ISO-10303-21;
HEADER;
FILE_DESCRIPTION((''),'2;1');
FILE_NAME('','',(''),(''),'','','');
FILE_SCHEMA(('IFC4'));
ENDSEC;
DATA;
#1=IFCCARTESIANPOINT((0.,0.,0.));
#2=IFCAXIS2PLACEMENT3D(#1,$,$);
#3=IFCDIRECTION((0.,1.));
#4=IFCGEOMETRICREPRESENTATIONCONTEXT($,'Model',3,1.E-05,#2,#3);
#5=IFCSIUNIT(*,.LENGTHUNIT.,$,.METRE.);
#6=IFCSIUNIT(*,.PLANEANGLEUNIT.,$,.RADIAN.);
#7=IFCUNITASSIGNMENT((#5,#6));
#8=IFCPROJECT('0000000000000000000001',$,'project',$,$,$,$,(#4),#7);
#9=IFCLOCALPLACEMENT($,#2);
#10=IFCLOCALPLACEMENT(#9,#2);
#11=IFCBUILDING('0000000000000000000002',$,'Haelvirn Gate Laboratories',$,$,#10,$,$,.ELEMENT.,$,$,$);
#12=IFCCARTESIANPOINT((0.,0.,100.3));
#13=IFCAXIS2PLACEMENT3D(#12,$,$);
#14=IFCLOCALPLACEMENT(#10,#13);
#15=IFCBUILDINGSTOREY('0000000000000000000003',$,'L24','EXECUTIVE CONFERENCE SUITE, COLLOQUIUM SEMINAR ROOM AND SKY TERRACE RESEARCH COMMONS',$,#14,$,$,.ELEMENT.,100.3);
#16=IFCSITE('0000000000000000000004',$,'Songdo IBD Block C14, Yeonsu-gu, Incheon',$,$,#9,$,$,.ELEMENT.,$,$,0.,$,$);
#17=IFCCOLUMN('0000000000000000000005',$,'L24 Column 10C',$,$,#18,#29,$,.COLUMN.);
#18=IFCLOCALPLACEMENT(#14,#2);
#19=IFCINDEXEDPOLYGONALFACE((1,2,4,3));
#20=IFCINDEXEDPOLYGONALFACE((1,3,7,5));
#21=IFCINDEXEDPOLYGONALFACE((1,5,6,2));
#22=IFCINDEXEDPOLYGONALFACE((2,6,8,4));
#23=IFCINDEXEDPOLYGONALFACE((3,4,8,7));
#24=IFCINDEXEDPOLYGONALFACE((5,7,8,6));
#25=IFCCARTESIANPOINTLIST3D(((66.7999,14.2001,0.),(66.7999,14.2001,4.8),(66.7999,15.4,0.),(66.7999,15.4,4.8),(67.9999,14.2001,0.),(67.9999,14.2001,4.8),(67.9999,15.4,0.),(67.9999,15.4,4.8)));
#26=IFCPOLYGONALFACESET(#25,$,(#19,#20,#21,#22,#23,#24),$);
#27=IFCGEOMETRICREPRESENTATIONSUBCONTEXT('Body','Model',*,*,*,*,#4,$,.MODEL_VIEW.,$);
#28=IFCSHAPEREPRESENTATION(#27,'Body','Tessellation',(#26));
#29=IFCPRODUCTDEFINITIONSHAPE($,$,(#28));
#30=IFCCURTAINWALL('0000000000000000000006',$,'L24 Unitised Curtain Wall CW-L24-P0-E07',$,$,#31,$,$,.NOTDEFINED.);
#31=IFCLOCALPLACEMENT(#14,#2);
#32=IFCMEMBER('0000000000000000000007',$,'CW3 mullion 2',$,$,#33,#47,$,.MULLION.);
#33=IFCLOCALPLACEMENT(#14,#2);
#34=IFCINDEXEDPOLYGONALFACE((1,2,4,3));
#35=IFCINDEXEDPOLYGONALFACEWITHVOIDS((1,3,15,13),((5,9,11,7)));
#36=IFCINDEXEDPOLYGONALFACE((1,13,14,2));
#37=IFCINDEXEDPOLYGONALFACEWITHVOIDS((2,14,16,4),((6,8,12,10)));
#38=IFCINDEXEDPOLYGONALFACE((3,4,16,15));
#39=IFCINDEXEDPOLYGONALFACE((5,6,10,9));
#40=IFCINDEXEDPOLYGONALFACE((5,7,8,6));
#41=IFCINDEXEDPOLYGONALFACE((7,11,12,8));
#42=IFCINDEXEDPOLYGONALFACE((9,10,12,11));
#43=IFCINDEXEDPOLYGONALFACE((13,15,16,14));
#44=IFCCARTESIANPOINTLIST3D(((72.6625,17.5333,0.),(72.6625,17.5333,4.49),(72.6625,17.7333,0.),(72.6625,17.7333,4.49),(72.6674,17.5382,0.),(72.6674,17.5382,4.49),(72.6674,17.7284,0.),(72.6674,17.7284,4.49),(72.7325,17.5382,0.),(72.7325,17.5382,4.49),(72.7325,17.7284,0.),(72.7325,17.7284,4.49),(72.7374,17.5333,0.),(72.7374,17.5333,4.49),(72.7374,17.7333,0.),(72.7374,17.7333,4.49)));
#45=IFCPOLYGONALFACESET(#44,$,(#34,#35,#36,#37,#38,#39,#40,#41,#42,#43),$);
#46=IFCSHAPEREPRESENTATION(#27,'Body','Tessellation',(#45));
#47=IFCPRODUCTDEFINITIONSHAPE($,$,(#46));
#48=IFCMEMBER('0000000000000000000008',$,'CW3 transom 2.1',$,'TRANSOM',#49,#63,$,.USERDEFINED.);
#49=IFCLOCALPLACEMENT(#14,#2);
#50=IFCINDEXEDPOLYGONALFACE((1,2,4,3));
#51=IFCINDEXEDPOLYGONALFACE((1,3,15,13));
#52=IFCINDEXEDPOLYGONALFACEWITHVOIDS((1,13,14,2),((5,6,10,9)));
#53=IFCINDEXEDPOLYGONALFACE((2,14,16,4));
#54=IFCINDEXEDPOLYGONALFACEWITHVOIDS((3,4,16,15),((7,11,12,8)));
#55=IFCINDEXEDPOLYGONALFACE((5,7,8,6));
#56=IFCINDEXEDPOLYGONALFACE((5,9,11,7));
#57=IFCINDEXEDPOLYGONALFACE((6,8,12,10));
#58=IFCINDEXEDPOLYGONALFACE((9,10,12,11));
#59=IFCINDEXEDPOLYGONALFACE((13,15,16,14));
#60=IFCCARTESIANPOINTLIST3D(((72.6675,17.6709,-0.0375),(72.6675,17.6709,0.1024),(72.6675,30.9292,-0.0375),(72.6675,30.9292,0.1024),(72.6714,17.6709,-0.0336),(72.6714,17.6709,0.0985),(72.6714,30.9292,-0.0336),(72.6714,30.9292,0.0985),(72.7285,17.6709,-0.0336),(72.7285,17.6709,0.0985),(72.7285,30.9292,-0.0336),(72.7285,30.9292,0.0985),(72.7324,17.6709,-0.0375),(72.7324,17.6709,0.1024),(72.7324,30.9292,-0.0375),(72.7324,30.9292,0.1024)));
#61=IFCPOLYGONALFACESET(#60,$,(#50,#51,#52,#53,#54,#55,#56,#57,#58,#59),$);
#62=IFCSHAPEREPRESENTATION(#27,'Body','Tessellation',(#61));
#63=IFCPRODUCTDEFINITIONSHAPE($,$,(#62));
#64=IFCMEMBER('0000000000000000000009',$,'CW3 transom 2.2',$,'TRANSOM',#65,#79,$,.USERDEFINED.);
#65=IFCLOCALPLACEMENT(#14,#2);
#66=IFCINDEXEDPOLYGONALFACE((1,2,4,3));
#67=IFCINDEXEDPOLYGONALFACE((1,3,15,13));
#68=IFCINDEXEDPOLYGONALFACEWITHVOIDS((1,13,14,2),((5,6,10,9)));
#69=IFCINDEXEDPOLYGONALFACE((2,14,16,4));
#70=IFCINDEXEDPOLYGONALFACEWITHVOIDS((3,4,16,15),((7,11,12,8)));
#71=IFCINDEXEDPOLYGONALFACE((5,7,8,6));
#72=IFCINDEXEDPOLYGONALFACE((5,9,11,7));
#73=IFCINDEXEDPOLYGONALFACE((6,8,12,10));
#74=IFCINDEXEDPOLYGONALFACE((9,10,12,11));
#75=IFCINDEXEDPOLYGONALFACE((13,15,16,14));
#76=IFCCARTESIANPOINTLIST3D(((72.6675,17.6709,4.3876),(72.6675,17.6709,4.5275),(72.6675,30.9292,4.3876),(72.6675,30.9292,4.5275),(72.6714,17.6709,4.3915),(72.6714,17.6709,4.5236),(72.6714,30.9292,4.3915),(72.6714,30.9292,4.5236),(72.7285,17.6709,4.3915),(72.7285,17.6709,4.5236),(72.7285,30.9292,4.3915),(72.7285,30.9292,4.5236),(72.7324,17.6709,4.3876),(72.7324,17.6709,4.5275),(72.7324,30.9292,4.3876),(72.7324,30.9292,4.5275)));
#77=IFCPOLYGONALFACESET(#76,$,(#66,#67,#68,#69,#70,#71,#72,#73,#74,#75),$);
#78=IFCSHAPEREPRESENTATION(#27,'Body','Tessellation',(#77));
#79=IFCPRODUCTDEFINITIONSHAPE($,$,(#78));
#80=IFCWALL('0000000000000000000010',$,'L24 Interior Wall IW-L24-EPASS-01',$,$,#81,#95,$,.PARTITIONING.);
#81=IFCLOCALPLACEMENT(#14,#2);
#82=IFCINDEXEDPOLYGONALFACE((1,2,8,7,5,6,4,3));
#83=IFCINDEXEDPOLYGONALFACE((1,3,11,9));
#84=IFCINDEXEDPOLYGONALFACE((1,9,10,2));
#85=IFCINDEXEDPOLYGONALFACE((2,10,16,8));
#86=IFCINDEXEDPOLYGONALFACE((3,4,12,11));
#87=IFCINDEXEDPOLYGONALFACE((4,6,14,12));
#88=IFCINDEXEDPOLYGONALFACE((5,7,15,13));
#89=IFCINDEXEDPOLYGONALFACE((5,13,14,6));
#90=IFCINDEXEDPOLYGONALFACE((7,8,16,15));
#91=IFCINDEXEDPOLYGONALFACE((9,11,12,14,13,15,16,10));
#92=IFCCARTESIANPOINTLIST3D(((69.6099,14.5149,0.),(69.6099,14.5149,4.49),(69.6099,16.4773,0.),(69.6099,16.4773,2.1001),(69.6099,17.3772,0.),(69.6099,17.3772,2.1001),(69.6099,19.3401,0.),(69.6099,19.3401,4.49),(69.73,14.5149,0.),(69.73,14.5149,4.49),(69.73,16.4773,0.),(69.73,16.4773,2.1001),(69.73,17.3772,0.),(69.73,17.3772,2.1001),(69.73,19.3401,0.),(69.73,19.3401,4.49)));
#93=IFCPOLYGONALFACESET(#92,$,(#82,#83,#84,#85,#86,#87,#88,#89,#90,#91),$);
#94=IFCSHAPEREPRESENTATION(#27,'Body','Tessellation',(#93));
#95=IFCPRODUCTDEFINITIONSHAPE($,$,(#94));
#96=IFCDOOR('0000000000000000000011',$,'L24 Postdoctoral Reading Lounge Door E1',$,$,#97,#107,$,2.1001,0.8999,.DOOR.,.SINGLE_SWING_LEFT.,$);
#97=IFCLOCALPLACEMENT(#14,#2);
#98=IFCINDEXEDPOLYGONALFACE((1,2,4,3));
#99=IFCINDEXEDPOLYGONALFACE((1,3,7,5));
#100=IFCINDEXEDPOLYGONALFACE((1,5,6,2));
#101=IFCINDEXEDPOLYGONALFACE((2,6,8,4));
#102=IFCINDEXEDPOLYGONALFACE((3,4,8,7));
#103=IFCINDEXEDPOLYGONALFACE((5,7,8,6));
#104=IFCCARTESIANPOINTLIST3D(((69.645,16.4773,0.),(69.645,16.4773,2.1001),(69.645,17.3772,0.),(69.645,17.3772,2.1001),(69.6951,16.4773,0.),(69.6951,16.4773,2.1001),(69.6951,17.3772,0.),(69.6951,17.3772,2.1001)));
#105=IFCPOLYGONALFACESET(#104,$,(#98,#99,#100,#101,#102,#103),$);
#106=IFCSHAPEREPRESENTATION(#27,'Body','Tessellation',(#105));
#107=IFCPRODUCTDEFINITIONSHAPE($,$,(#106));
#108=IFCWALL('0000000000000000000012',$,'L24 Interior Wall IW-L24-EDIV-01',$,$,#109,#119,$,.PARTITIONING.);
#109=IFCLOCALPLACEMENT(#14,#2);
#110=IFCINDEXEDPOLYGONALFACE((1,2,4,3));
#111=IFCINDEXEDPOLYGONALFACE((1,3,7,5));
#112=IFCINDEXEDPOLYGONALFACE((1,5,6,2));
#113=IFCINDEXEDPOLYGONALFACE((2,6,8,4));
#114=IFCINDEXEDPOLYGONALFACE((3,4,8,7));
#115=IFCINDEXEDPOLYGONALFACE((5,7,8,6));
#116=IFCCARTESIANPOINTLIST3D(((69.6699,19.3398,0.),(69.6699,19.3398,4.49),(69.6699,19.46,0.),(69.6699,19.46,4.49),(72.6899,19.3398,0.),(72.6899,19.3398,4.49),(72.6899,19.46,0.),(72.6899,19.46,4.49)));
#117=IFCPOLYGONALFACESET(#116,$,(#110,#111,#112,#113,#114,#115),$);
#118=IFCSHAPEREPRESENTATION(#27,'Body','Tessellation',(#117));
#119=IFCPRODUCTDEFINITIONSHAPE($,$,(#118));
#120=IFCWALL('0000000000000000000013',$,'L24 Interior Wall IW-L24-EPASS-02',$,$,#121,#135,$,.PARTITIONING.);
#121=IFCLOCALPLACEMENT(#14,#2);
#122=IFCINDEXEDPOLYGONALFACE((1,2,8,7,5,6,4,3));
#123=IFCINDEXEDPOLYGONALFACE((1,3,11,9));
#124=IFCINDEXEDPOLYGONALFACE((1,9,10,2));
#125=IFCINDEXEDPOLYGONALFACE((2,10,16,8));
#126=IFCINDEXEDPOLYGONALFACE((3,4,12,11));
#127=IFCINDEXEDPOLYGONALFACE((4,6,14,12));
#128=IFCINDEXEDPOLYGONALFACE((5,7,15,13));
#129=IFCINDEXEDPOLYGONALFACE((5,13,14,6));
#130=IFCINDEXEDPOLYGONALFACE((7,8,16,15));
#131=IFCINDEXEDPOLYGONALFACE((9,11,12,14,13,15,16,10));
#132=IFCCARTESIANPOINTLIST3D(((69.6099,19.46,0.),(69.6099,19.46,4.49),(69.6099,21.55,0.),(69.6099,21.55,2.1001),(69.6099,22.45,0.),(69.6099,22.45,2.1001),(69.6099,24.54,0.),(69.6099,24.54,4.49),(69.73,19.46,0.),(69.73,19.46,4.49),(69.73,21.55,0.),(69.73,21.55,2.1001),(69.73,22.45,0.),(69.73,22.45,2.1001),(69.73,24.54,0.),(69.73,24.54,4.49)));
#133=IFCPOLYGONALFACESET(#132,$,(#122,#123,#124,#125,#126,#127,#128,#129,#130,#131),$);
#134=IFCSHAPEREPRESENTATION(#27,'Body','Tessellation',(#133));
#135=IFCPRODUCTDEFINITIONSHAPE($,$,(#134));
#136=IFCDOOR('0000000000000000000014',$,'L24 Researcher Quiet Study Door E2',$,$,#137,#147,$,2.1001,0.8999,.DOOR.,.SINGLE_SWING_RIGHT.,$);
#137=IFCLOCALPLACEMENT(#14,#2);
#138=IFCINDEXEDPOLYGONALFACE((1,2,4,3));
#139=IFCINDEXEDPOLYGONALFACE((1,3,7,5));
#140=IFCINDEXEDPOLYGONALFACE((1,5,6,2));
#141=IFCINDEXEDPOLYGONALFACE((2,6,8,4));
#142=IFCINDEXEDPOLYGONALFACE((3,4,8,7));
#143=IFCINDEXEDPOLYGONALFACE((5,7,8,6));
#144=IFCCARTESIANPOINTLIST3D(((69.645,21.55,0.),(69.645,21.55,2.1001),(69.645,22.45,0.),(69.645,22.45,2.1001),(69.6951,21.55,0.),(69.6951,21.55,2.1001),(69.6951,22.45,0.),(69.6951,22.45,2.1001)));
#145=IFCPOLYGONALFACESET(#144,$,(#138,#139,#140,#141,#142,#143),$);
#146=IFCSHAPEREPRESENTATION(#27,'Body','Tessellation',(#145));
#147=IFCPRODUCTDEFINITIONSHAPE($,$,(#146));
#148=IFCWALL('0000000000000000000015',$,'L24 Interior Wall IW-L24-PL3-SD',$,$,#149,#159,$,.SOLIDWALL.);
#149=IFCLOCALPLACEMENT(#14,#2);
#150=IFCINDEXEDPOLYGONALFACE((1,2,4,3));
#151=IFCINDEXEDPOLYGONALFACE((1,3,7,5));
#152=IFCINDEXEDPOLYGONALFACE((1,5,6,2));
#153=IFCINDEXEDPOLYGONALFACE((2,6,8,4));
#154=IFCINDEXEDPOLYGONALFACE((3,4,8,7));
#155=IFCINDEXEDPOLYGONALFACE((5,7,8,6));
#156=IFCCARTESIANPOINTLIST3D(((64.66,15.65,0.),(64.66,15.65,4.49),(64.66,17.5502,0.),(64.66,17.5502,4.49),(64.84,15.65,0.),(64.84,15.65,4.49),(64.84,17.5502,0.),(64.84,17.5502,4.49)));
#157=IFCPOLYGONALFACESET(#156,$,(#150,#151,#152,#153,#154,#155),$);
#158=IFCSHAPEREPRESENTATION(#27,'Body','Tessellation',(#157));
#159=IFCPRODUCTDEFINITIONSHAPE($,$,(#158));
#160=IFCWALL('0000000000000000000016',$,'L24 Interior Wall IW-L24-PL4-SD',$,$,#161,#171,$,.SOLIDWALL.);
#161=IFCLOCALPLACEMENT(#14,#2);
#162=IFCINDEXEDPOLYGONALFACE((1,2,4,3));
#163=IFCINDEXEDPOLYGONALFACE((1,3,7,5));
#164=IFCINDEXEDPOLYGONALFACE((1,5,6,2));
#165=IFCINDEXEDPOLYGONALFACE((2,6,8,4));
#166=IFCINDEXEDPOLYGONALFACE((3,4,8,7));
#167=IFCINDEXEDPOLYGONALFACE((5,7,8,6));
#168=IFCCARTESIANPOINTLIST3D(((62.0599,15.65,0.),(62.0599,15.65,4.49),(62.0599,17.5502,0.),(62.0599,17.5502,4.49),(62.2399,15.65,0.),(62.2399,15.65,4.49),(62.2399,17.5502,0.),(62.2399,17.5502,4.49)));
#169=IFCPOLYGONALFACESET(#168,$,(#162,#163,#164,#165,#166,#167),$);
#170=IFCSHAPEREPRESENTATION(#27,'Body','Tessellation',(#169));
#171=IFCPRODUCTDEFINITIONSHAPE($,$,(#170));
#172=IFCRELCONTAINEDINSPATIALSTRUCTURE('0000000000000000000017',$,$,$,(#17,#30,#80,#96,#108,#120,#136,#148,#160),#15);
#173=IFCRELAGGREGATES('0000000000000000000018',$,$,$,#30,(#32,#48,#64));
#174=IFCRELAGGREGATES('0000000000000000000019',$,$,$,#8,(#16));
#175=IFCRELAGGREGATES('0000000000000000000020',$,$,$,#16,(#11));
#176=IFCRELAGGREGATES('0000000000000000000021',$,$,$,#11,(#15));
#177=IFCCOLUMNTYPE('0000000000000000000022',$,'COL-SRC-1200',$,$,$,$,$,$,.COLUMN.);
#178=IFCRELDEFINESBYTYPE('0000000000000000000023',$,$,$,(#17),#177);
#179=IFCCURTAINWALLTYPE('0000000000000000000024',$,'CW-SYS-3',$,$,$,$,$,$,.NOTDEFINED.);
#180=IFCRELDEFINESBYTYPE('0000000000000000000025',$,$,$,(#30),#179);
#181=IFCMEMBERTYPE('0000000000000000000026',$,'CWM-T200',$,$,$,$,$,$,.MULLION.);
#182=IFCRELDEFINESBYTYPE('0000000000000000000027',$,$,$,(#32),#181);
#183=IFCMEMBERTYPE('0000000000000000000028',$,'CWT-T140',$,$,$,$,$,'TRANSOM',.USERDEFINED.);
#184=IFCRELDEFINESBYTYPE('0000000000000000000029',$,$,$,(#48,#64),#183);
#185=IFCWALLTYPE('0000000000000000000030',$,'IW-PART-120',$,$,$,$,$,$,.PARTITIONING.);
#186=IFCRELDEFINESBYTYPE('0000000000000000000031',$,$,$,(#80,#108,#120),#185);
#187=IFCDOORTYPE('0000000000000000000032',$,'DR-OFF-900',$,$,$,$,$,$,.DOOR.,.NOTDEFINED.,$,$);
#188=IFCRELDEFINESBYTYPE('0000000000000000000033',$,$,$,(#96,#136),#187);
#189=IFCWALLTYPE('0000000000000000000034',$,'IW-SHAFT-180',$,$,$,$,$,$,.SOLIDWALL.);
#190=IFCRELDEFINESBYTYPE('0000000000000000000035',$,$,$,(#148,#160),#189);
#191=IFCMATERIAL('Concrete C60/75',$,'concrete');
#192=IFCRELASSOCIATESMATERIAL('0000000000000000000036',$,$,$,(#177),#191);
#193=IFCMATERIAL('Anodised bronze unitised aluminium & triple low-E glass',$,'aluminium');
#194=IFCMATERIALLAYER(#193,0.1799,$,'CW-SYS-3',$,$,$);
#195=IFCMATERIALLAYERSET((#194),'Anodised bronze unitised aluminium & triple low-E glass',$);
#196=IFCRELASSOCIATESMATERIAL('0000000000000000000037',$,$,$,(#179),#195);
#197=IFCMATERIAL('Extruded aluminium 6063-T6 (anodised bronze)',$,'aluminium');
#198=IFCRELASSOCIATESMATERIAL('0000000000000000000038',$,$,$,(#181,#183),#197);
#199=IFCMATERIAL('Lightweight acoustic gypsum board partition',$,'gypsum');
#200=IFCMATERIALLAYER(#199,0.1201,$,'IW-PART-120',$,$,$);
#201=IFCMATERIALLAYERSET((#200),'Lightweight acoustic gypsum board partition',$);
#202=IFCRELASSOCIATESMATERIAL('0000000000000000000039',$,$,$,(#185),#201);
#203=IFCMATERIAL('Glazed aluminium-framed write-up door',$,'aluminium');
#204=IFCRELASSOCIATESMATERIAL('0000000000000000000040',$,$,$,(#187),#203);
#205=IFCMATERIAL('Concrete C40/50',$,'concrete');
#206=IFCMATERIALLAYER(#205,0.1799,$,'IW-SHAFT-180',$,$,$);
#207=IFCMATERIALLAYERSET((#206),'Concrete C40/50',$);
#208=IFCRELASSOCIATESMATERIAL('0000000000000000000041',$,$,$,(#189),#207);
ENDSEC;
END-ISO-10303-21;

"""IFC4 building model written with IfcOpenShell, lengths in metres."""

from ifc_helpers import new_model, si_unit, direction, frame, frame_2d, origin, origin_2d, place, context, subcontext, project, spatial, rectangle, hollow_rectangle, extrude, source, transform, mapped, material, layer, layer_set, material_profile, profile_set, type_object, type_shapes, element, fill, aggregate, save


model = new_model("IFC4")

# Units and contexts
model_context = context("Model", 3, precision=1e-05, world=origin(), true_north=direction((0.0, 1.0)))
body_context = subcontext(model_context, "Body", "Model", "MODEL_VIEW")
ifc_project = project(units=[si_unit("LENGTHUNIT", "METRE"), si_unit("PLANEANGLEUNIT", "RADIAN")], contexts=[model_context])

# Site, building, storey
site_placement = place(None, origin())
site = spatial("IfcSite", under=ifc_project, at=site_placement, Name="Songdo IBD Block C14, Yeonsu-gu, Incheon", CompositionType="ELEMENT", RefElevation=0.0)
building_placement = place(site_placement, origin())
building = spatial("IfcBuilding", under=site, at=building_placement, Name="Haelvirn Gate Laboratories", CompositionType="ELEMENT")
storey_placement = place(building_placement, frame((0.0, 0.0, 100.3)))
storey = spatial("IfcBuildingStorey", under=building, at=storey_placement, Name="L24", Description="EXECUTIVE CONFERENCE SUITE, COLLOQUIUM SEMINAR ROOM AND SKY TERRACE RESEARCH COMMONS", CompositionType="ELEMENT", Elevation=100.3)

# Column
ifc_material_1 = material(Name="Concrete C60/75", Category="concrete")
ifc_material_profile_1 = material_profile(ifc_material_1, rectangle(XDim=1.2, YDim=1.2, at=origin_2d()), Name="SRC-1200x1200")
ifc_profile_set_1 = profile_set([ifc_material_profile_1], Name="Concrete C60/75")
column_type = type_object("IfcColumnType", Name="COL-SRC-1200", PredefinedType="COLUMN", material=ifc_profile_set_1)
shared_shape_1 = source(origin(), body_context, "Body", "SweptSolid", [
    extrude(rectangle(XDim=1.2, YDim=1.2, at=origin_2d()), origin(), (0.0, 0.0, 1.0), 4.8),
])
type_shapes(column_type, [shared_shape_1])
column_placement = place(storey_placement, frame((67.3999, 14.8, 0.0), z_axis=(0.0, 0.0, 1.0), x_axis=(1.0, 0.0, 0.0)))
element("IfcColumn", 1, at=column_placement, inside=storey, type_object=column_type, Name="L24 Column 10C", PredefinedType="COLUMN", context=body_context, shape_type="MappedRepresentation", body=[
    mapped(shared_shape_1, transform((0.0, 0.0, 0.0), scale=1.0)),
])

# Curtain wall, members
ifc_material_2 = material(Name="Anodised bronze unitised aluminium & triple low-E glass", Category="aluminium")
ifc_layer_1 = layer(ifc_material_2, 0.1799, Name="CW-SYS-3")
ifc_layer_set_1 = layer_set([ifc_layer_1], Name="Anodised bronze unitised aluminium & triple low-E glass")
curtain_wall_type = type_object("IfcCurtainWallType", Name="CW-SYS-3", PredefinedType="NOTDEFINED", material=ifc_layer_set_1)
curtain_wall_placement = place(storey_placement, origin())
curtain_wall = element("IfcCurtainWall", 2, at=curtain_wall_placement, inside=storey, type_object=curtain_wall_type, Name="L24 Unitised Curtain Wall CW-L24-P0-E07", PredefinedType="NOTDEFINED")
ifc_material_3 = material(Name="Extruded aluminium 6063-T6 (anodised bronze)", Category="aluminium")
ifc_material_profile_2 = material_profile(ifc_material_3, hollow_rectangle(XDim=0.075, YDim=0.2, WallThickness=0.0049, at=origin_2d()), Name="CWM-200x75x5")
ifc_profile_set_2 = profile_set([ifc_material_profile_2], Name="Extruded aluminium 6063-T6 (anodised bronze)")
member_type_1 = type_object("IfcMemberType", Name="CWM-T200", PredefinedType="MULLION", material=ifc_profile_set_2)
shared_shape_2 = source(origin(), body_context, "Body", "SweptSolid", [
    extrude(hollow_rectangle(XDim=0.075, YDim=0.2, WallThickness=0.0049, at=origin_2d()), origin(), (0.0, 0.0, 1.0), 4.49),
])
type_shapes(member_type_1, [shared_shape_2])
member_1_placement = place(storey_placement, frame((72.7, 17.6333, 0.0), z_axis=(0.0, 0.0, 1.0), x_axis=(-1.0, 0.0, 0.0)))
member_1 = element("IfcMember", 3, at=member_1_placement, type_object=member_type_1, Name="CW3 mullion 2", PredefinedType="MULLION", context=body_context, shape_type="MappedRepresentation", body=[
    mapped(shared_shape_2, transform((0.0, 0.0, 0.0), scale=1.0)),
])
ifc_material_profile_3 = material_profile(ifc_material_3, hollow_rectangle(XDim=0.0649, YDim=0.1399, WallThickness=0.0039, at=origin_2d()), Name="CWT-140x65x4")
ifc_profile_set_3 = profile_set([ifc_material_profile_3], Name="Extruded aluminium 6063-T6 (anodised bronze)")
member_type_2 = type_object("IfcMemberType", Name="CWT-T140", ElementType="TRANSOM", PredefinedType="USERDEFINED", material=ifc_profile_set_3)
shared_shape_3 = source(origin(), body_context, "Body", "SweptSolid", [
    extrude(hollow_rectangle(XDim=0.0649, YDim=0.1399, WallThickness=0.0039, at=origin_2d()), origin(), (0.0, 0.0, 1.0), 13.2583),
])
type_shapes(member_type_2, [shared_shape_3])
member_2_placement = place(storey_placement, frame((72.7, 17.6709, 0.0325), z_axis=(0.0, 1.0, 0.0), x_axis=(-1.0, 0.0, 0.0)))
member_2 = element("IfcMember", 4, at=member_2_placement, type_object=member_type_2, Name="CW3 transom 2.1", ObjectType="TRANSOM", PredefinedType="USERDEFINED", context=body_context, shape_type="MappedRepresentation", body=[
    mapped(shared_shape_3, transform((0.0, 0.0, 0.0), scale=1.0)),
])
member_3_placement = place(storey_placement, frame((72.7, 17.6709, 4.4575), z_axis=(0.0, 1.0, 0.0), x_axis=(-1.0, 0.0, 0.0)))
member_3 = element("IfcMember", 5, at=member_3_placement, type_object=member_type_2, Name="CW3 transom 2.2", ObjectType="TRANSOM", PredefinedType="USERDEFINED", context=body_context, shape_type="MappedRepresentation", body=[
    mapped(shared_shape_3, transform((0.0, 0.0, 0.0), scale=1.0)),
])
aggregate(curtain_wall, [member_1, member_2, member_3])

# Wall, opening, door
ifc_material_4 = material(Name="Lightweight acoustic gypsum board partition", Category="gypsum")
ifc_layer_2 = layer(ifc_material_4, 0.1201, Name="IW-PART-120")
ifc_layer_set_2 = layer_set([ifc_layer_2], Name="Lightweight acoustic gypsum board partition")
wall_type_1 = type_object("IfcWallType", Name="IW-PART-120", PredefinedType="PARTITIONING", material=ifc_layer_set_2)
wall_1_placement = place(storey_placement, frame((69.6699, 14.5149, 0.0), z_axis=(0.0, 0.0, 1.0), x_axis=(0.0, 1.0, 0.0)))
wall_1 = element("IfcWall", 6, at=wall_1_placement, inside=storey, type_object=wall_type_1, Name="L24 Interior Wall IW-L24-EPASS-01", PredefinedType="PARTITIONING", context=body_context, shape_type="SweptSolid", body=[
    extrude(rectangle(XDim=4.8252, YDim=0.1201, at=frame_2d((2.4126, 0.0))), origin(), (0.0, 0.0, 1.0), 4.49),
])
opening_1_placement = place(wall_1_placement, frame((1.9624, 0.0, 0.0)))
opening_1 = element("IfcOpeningElement", 7, at=opening_1_placement, cuts=wall_1, PredefinedType="OPENING", context=body_context, shape_type="SweptSolid", body=[
    extrude(rectangle(XDim=0.8999, YDim=2.1001, at=frame_2d((0.45, 1.05))), frame((0.0, 0.0701, 0.0), z_axis=(0.0, -1.0, 0.0), x_axis=(1.0, 0.0, 0.0)), (0.0, 0.0, 1.0), 0.1401),
])
ifc_material_5 = material(Name="Glazed aluminium-framed write-up door", Category="aluminium")
door_type_1 = type_object("IfcDoorType", Name="DR-OFF-900", OperationType="NOTDEFINED", PredefinedType="DOOR", material=ifc_material_5)
shared_shape_4 = source(origin(), body_context, "Body", "SweptSolid", [
    extrude(rectangle(XDim=0.8999, YDim=2.1001, at=frame_2d((0.45, 1.05))), frame((0.0, 0.0249, 0.0), z_axis=(0.0, -1.0, 0.0), x_axis=(1.0, 0.0, 0.0)), (0.0, 0.0, 1.0), 0.05),
])
type_shapes(door_type_1, [shared_shape_4])
door_1_placement = place(opening_1_placement, origin())
door_1 = element("IfcDoor", 8, at=door_1_placement, inside=storey, type_object=door_type_1, Name="L24 Postdoctoral Reading Lounge Door E1", OperationType="SINGLE_SWING_LEFT", OverallHeight=2.1001, OverallWidth=0.8999, PredefinedType="DOOR", context=body_context, shape_type="MappedRepresentation", body=[
    mapped(shared_shape_4, transform((0.0, 0.0, 0.0), scale=1.0)),
])
fill(opening_1, door_1)

# Wall
wall_2_placement = place(storey_placement, frame((69.6699, 19.3999, 0.0), z_axis=(0.0, 0.0, 1.0), x_axis=(1.0, 0.0, 0.0)))
element("IfcWall", 9, at=wall_2_placement, inside=storey, type_object=wall_type_1, Name="L24 Interior Wall IW-L24-EDIV-01", PredefinedType="PARTITIONING", context=body_context, shape_type="SweptSolid", body=[
    extrude(rectangle(XDim=3.02, YDim=0.1201, at=frame_2d((1.51, 0.0))), origin(), (0.0, 0.0, 1.0), 4.49),
])

# Wall, opening, door
wall_3_placement = place(storey_placement, frame((69.6699, 19.46, 0.0), z_axis=(0.0, 0.0, 1.0), x_axis=(0.0, 1.0, 0.0)))
wall_3 = element("IfcWall", 10, at=wall_3_placement, inside=storey, type_object=wall_type_1, Name="L24 Interior Wall IW-L24-EPASS-02", PredefinedType="PARTITIONING", context=body_context, shape_type="SweptSolid", body=[
    extrude(rectangle(XDim=5.0801, YDim=0.1201, at=frame_2d((2.54, 0.0))), origin(), (0.0, 0.0, 1.0), 4.49),
])
opening_2_placement = place(wall_3_placement, frame((2.0901, 0.0, 0.0)))
opening_2 = element("IfcOpeningElement", 11, at=opening_2_placement, cuts=wall_3, PredefinedType="OPENING", context=body_context, shape_type="SweptSolid", body=[
    extrude(rectangle(XDim=0.8999, YDim=2.1001, at=frame_2d((0.45, 1.05))), frame((0.0, 0.0701, 0.0), z_axis=(0.0, -1.0, 0.0), x_axis=(1.0, 0.0, 0.0)), (0.0, 0.0, 1.0), 0.1401),
])
door_2_placement = place(opening_2_placement, origin())
door_2 = element("IfcDoor", 12, at=door_2_placement, inside=storey, type_object=door_type_1, Name="L24 Researcher Quiet Study Door E2", OperationType="SINGLE_SWING_RIGHT", OverallHeight=2.1001, OverallWidth=0.8999, PredefinedType="DOOR", context=body_context, shape_type="MappedRepresentation", body=[
    mapped(shared_shape_4, transform((0.0, 0.0, 0.0), scale=1.0)),
])
fill(opening_2, door_2)

# Walls
ifc_material_6 = material(Name="Concrete C40/50", Category="concrete")
ifc_layer_3 = layer(ifc_material_6, 0.1799, Name="IW-SHAFT-180")
ifc_layer_set_3 = layer_set([ifc_layer_3], Name="Concrete C40/50")
wall_type_2 = type_object("IfcWallType", Name="IW-SHAFT-180", PredefinedType="SOLIDWALL", material=ifc_layer_set_3)
for number, where, z_axis, x_axis, name in (
    (13, (64.75, 15.6499, 0.0), (0.0, 0.0, 1.0), (0.0, 1.0, 0.0), "L24 Interior Wall IW-L24-PL3-SD"),
    (14, (62.1499, 15.6499, 0.0), (0.0, 0.0, 1.0), (0.0, 1.0, 0.0), "L24 Interior Wall IW-L24-PL4-SD"),
):
    element("IfcWall", number, at=place(storey_placement, frame(where, z_axis=z_axis, x_axis=x_axis)), inside=storey, type_object=wall_type_2, Name=name, PredefinedType="SOLIDWALL", context=body_context, shape_type="SweptSolid", body=[
        extrude(rectangle(XDim=1.9001, YDim=0.1799, at=frame_2d((0.9502, 0.0))), origin(), (0.0, 0.0, 1.0), 4.49),
    ])

save(model, "model.ifc")
